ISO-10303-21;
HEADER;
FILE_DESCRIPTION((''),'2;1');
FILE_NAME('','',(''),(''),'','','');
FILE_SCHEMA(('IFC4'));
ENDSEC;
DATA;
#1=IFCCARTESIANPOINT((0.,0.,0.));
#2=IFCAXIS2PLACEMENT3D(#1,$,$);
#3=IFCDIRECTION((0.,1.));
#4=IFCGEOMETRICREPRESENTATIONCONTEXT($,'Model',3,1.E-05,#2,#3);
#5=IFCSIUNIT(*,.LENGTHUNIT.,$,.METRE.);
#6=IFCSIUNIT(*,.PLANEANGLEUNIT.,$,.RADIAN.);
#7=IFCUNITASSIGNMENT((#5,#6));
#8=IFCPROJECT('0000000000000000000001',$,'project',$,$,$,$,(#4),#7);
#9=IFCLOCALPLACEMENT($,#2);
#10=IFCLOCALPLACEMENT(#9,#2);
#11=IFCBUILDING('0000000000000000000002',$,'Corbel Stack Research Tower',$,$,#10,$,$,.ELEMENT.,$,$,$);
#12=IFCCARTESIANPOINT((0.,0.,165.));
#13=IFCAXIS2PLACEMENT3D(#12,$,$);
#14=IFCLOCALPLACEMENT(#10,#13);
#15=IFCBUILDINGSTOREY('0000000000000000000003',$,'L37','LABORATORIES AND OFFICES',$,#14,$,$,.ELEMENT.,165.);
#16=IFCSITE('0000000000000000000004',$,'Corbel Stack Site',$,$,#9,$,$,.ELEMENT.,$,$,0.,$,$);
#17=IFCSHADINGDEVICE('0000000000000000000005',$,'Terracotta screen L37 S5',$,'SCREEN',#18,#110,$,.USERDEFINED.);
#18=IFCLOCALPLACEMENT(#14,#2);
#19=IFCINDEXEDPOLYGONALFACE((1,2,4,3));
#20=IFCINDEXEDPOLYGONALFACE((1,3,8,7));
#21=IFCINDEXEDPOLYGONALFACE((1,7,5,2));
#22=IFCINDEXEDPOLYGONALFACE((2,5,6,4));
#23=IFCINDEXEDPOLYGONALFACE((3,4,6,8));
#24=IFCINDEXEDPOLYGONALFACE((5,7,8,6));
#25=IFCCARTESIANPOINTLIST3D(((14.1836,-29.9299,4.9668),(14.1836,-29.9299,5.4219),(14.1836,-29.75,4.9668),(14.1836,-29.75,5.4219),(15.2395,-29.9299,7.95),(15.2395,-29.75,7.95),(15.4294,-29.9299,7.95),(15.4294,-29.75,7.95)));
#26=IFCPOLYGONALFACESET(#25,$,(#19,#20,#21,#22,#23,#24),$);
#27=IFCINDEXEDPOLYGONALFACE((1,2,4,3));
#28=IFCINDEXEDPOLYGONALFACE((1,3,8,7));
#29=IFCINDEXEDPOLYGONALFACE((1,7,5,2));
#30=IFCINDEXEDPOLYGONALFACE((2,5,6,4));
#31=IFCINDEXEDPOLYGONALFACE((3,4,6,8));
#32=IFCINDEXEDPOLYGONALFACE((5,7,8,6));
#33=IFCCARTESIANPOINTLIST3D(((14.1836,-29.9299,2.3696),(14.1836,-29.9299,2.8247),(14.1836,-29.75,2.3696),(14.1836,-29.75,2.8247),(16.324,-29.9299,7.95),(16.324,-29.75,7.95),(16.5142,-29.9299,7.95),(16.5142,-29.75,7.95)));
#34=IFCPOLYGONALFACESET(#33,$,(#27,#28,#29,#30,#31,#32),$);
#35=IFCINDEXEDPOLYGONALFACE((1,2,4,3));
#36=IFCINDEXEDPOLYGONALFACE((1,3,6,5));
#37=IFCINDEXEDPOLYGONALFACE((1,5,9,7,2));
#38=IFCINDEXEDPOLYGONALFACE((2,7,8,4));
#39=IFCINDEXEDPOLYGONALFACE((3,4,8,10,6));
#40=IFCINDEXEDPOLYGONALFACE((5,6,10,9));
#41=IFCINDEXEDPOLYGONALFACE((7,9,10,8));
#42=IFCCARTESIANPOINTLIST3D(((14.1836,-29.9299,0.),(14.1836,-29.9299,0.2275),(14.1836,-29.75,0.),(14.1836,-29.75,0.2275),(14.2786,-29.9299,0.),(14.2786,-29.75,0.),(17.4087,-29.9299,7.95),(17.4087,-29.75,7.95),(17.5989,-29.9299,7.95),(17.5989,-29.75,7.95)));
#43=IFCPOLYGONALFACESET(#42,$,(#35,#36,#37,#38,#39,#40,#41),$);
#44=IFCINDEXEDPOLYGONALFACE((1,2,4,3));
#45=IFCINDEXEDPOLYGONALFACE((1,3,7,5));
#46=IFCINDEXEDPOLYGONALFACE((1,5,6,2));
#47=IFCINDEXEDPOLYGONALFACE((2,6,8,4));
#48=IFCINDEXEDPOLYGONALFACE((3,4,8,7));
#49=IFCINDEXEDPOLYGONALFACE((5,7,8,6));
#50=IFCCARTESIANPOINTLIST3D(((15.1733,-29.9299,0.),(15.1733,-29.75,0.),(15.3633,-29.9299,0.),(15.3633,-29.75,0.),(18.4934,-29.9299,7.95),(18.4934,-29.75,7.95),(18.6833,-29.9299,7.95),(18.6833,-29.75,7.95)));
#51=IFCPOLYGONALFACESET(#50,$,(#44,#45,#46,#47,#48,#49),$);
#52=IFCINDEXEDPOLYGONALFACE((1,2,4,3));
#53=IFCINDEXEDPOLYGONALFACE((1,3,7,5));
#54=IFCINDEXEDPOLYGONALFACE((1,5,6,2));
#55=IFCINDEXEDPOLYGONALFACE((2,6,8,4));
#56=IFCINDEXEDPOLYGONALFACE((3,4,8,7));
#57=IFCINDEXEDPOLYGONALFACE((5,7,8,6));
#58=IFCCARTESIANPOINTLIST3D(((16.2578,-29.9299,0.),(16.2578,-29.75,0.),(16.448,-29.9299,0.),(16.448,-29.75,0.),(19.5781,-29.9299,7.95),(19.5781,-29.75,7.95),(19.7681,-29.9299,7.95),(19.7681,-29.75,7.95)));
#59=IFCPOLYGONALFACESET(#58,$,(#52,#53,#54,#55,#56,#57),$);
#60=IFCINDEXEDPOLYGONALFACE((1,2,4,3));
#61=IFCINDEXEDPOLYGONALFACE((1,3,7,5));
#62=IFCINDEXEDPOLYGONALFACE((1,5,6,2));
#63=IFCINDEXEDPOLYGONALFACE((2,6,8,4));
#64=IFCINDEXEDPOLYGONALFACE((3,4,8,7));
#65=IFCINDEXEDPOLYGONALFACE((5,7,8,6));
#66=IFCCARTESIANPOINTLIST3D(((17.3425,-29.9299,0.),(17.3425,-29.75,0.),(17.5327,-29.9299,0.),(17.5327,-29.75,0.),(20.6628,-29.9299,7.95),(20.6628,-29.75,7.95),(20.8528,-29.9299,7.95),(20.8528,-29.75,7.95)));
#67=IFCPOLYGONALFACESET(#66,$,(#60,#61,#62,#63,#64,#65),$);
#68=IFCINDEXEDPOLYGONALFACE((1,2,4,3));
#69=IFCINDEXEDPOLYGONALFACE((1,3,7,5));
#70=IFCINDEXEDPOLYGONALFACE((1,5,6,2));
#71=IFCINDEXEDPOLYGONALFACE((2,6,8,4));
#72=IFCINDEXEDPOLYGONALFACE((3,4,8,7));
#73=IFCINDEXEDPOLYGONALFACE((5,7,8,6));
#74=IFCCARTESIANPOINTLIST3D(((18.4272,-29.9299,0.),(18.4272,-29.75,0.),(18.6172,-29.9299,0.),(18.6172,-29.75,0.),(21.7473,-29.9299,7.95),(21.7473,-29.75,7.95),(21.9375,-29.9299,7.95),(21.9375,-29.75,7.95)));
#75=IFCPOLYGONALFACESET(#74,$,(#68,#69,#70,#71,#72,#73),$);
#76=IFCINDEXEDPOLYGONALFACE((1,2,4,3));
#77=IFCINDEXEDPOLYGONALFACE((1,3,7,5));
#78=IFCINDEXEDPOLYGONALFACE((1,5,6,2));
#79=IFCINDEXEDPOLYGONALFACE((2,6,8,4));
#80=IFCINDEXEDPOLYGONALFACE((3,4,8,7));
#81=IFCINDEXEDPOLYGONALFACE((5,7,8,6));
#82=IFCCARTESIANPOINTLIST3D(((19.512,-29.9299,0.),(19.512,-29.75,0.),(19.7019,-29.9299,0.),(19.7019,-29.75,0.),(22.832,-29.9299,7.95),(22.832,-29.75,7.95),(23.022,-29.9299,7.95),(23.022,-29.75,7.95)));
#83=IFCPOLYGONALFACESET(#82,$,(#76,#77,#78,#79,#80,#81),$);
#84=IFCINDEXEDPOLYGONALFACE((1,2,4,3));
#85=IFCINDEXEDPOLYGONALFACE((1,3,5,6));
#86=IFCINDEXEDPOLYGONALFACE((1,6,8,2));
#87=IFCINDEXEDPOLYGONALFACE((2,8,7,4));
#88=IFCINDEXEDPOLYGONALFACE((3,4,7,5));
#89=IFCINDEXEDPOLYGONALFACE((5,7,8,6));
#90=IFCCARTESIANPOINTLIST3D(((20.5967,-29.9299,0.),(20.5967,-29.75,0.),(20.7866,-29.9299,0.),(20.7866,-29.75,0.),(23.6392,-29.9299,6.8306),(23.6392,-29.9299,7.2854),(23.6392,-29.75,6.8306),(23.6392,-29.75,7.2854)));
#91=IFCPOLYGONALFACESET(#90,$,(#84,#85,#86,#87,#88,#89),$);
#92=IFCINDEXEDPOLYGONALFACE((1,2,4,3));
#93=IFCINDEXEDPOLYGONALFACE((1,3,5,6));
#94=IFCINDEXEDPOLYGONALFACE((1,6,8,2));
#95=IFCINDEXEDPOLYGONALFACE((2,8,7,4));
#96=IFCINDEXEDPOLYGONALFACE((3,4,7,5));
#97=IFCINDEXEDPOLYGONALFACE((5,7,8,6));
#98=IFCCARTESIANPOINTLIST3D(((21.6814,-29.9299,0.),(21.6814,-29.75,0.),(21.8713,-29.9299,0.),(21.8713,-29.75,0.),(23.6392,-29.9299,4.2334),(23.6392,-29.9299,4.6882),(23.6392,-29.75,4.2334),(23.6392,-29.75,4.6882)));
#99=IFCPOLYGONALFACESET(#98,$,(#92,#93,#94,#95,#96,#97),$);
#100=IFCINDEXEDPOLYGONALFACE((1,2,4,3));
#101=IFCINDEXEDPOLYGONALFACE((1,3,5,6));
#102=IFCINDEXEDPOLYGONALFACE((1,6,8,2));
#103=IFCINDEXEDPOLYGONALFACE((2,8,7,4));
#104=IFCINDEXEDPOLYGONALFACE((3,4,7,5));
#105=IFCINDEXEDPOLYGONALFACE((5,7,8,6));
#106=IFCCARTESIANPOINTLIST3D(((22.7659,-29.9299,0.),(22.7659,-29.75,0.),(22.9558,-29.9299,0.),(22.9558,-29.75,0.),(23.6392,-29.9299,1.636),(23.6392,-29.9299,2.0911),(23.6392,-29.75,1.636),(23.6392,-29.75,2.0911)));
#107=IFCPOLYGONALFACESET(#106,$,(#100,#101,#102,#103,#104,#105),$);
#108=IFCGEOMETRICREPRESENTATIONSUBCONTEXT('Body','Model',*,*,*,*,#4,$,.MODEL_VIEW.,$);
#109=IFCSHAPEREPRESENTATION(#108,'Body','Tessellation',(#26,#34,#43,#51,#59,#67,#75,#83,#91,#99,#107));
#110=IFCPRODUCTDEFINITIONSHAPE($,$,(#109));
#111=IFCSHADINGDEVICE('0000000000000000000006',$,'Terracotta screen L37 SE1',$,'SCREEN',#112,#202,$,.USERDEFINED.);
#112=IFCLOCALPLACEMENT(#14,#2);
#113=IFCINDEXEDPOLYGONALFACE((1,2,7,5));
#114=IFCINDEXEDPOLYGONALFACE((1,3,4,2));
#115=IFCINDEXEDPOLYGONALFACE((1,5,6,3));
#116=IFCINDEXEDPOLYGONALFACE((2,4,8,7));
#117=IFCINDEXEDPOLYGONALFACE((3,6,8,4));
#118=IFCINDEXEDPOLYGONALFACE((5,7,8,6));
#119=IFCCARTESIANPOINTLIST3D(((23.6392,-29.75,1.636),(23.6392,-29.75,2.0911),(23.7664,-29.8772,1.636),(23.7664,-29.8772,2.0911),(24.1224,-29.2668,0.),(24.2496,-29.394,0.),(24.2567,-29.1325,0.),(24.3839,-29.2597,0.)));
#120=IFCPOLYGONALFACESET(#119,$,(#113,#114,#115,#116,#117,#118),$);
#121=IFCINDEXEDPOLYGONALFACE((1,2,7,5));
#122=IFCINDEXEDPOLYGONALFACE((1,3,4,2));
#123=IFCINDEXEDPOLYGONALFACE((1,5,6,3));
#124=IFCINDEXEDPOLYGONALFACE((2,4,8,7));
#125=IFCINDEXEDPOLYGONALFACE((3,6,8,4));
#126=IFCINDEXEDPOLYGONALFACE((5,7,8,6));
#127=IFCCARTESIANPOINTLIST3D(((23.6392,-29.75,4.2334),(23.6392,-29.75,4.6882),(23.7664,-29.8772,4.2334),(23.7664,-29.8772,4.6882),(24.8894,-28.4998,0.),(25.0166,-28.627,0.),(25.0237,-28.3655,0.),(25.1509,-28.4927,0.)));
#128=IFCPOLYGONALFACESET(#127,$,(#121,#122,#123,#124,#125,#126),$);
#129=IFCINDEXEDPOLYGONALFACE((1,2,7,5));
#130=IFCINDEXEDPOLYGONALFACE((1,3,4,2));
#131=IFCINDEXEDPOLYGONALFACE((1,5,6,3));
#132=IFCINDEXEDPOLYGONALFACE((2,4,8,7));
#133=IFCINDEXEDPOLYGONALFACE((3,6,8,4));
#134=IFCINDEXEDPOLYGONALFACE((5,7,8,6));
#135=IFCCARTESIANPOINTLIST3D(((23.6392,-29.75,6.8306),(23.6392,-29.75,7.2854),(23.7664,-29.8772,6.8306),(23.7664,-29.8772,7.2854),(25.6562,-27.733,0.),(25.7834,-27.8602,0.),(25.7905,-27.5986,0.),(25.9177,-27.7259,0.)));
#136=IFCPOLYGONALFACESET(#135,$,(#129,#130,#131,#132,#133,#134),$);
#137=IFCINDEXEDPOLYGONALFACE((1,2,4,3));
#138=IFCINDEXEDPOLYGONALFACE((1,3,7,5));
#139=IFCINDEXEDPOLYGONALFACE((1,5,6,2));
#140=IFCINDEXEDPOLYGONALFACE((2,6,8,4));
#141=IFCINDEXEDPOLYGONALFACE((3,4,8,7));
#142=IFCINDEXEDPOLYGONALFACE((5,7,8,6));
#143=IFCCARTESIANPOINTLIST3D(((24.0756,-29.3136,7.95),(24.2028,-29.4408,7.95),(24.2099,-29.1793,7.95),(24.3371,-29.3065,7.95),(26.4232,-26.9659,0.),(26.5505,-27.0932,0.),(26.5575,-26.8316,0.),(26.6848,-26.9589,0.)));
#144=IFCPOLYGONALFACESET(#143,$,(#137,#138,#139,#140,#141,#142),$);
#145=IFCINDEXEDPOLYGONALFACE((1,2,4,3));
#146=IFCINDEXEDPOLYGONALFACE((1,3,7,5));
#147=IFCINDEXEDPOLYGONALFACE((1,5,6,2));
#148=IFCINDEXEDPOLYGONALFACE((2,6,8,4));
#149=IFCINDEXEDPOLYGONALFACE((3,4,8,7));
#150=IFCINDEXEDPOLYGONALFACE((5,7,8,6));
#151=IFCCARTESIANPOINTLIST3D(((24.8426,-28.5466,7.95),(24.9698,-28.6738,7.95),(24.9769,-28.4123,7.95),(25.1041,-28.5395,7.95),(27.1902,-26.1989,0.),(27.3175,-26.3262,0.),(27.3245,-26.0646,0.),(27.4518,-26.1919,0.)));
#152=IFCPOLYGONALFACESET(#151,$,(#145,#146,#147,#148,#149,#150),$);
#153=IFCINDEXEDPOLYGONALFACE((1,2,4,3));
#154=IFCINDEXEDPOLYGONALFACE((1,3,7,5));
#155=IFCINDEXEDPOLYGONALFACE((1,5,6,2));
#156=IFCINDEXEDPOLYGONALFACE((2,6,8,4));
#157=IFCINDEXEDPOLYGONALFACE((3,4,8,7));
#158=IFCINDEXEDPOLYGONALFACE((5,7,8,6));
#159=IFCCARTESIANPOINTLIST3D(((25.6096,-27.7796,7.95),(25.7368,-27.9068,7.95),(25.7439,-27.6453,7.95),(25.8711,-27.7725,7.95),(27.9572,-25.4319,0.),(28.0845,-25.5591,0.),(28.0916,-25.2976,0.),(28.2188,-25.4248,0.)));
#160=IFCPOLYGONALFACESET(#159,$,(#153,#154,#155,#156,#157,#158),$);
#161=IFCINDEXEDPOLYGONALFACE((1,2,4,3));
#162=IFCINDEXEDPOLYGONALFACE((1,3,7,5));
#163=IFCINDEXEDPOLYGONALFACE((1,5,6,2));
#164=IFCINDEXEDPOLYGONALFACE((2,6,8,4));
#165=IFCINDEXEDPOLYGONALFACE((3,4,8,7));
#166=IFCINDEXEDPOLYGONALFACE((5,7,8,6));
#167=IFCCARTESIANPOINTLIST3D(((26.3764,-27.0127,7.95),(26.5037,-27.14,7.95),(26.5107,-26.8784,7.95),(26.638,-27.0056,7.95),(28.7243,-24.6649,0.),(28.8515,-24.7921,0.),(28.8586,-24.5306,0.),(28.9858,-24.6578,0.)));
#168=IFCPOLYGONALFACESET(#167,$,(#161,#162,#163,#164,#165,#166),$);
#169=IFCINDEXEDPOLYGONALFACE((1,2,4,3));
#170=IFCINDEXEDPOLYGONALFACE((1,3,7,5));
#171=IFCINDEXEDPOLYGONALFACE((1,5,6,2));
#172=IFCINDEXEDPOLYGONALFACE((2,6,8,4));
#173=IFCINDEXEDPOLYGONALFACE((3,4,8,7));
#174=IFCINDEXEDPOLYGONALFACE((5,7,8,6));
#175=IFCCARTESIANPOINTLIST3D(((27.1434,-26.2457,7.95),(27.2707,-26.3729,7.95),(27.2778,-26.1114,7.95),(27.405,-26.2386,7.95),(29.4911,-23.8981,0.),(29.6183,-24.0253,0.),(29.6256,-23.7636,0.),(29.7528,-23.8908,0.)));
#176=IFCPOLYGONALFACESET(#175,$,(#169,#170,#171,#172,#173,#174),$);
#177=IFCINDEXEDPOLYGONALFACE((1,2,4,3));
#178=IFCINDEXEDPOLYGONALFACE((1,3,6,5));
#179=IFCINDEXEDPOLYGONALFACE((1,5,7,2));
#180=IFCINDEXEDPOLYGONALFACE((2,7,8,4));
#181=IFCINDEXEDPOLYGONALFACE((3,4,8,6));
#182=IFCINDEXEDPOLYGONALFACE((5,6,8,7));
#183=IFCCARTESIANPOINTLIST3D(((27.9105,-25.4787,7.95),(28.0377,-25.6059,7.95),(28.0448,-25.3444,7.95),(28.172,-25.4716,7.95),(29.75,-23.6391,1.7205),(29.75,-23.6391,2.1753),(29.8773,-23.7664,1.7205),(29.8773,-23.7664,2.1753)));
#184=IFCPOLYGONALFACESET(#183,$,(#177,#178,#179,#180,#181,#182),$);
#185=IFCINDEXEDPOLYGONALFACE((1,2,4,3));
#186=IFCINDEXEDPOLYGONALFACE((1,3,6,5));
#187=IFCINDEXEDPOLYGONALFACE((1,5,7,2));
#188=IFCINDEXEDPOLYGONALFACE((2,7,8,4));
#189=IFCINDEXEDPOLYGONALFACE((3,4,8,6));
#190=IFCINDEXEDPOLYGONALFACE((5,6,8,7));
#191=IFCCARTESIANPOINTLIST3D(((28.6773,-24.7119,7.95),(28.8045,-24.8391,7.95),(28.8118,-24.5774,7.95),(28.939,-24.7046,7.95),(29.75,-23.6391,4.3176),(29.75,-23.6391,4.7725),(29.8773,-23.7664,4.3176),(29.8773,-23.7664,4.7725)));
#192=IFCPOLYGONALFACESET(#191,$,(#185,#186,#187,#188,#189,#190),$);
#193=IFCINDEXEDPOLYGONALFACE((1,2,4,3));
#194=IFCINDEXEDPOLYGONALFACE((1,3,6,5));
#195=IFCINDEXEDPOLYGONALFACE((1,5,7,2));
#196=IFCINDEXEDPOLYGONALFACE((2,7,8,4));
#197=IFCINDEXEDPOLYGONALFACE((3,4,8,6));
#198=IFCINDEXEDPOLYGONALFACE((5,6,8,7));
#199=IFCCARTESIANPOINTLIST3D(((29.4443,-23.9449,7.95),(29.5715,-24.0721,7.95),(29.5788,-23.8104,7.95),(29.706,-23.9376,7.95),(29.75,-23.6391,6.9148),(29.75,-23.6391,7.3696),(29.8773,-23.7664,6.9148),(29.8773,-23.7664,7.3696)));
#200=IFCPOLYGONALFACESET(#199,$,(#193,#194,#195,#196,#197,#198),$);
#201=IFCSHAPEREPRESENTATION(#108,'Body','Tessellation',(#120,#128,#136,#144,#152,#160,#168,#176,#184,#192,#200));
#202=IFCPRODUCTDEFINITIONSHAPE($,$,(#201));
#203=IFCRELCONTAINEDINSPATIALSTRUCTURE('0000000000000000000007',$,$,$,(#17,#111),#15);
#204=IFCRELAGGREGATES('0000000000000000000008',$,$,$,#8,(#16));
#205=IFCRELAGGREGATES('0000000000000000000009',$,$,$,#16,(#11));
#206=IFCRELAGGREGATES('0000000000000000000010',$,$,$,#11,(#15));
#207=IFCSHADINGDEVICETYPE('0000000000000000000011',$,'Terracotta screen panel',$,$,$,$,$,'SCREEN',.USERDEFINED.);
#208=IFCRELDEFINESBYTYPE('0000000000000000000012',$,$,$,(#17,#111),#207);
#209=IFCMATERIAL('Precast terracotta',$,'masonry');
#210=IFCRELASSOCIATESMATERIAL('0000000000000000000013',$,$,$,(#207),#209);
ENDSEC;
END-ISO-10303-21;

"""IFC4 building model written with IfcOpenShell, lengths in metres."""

from ifc_helpers import new_model, si_unit, direction, frame, origin, place, context, subcontext, project, spatial, polyline, outline, extrude, source, transform, mapped, material, type_object, element, save


model = new_model("IFC4")

# Units and contexts
model_context = context("Model", 3, precision=1e-05, world=origin(), true_north=direction((0.0, 1.0)))
body_context = subcontext(model_context, "Body", "Model", "MODEL_VIEW")
ifc_project = project(units=[si_unit("LENGTHUNIT", "METRE"), si_unit("PLANEANGLEUNIT", "RADIAN")], contexts=[model_context])

# Site, building, storey
site_placement = place(None, origin())
site = spatial("IfcSite", under=ifc_project, at=site_placement, Name="Corbel Stack Site", CompositionType="ELEMENT", RefElevation=0.0)
building_placement = place(site_placement, origin())
building = spatial("IfcBuilding", under=site, at=building_placement, Name="Corbel Stack Research Tower", CompositionType="ELEMENT")
storey_placement = place(building_placement, frame((0.0, 0.0, 165.0)))
storey = spatial("IfcBuildingStorey", under=building, at=storey_placement, Name="L37", Description="LABORATORIES AND OFFICES", CompositionType="ELEMENT", Elevation=165.0)

# Shading devices
ifc_material_1 = material(Name="Precast terracotta", Category="masonry")
shading_device_type = type_object("IfcShadingDeviceType", Name="Terracotta screen panel", ElementType="SCREEN", PredefinedType="USERDEFINED", material=ifc_material_1)
shared_shape_1 = source(origin(), body_context, "Body", "SweptSolid", [
    extrude(outline(polyline([(1.2458, 7.95), (1.0559, 7.95), (0.0, 5.4219), (0.0, 4.9668), (1.2458, 7.95)])), frame((0.0, 0.0, 0.0), z_axis=(0.0, -1.0, 0.0), x_axis=(1.0, 0.0, 0.0)), (0.0, 0.0, 1.0), 0.1799),
    extrude(outline(polyline([(2.3306, 7.95), (2.1404, 7.95), (0.0, 2.8247), (0.0, 2.3696), (2.3306, 7.95)])), frame((0.0, 0.0, 0.0), z_axis=(0.0, -1.0, 0.0), x_axis=(1.0, 0.0, 0.0)), (0.0, 0.0, 1.0), 0.1799),
    extrude(outline(polyline([(0.095, 0.0), (3.4153, 7.95), (3.2251, 7.95), (0.0, 0.2275), (0.0, 0.0), (0.095, 0.0)])), frame((0.0, 0.0, 0.0), z_axis=(0.0, -1.0, 0.0), x_axis=(1.0, 0.0, 0.0)), (0.0, 0.0, 1.0), 0.1799),
    extrude(outline(polyline([(1.1797, 0.0), (4.4998, 7.95), (4.3098, 7.95), (0.9897, 0.0), (1.1797, 0.0)])), frame((0.0, 0.0, 0.0), z_axis=(0.0, -1.0, 0.0), x_axis=(1.0, 0.0, 0.0)), (0.0, 0.0, 1.0), 0.1799),
    extrude(outline(polyline([(2.2644, 0.0), (5.5845, 7.95), (5.3945, 7.95), (2.0742, 0.0), (2.2644, 0.0)])), frame((0.0, 0.0, 0.0), z_axis=(0.0, -1.0, 0.0), x_axis=(1.0, 0.0, 0.0)), (0.0, 0.0, 1.0), 0.1799),
    extrude(outline(polyline([(3.3491, 0.0), (6.6692, 7.95), (6.4792, 7.95), (3.1589, 0.0), (3.3491, 0.0)])), frame((0.0, 0.0, 0.0), z_axis=(0.0, -1.0, 0.0), x_axis=(1.0, 0.0, 0.0)), (0.0, 0.0, 1.0), 0.1799),
    extrude(outline(polyline([(4.4336, 0.0), (7.7539, 7.95), (7.5637, 7.95), (4.2437, 0.0), (4.4336, 0.0)])), frame((0.0, 0.0, 0.0), z_axis=(0.0, -1.0, 0.0), x_axis=(1.0, 0.0, 0.0)), (0.0, 0.0, 1.0), 0.1799),
    extrude(outline(polyline([(5.5183, 0.0), (8.8384, 7.95), (8.6484, 7.95), (5.3284, 0.0), (5.5183, 0.0)])), frame((0.0, 0.0, 0.0), z_axis=(0.0, -1.0, 0.0), x_axis=(1.0, 0.0, 0.0)), (0.0, 0.0, 1.0), 0.1799),
    extrude(outline(polyline([(6.603, 0.0), (9.4556, 6.8306), (9.4556, 7.2854), (6.4131, 0.0), (6.603, 0.0)])), frame((0.0, 0.0, 0.0), z_axis=(0.0, -1.0, 0.0), x_axis=(1.0, 0.0, 0.0)), (0.0, 0.0, 1.0), 0.1799),
    extrude(outline(polyline([(7.6877, 0.0), (9.4556, 4.2334), (9.4556, 4.6882), (7.4978, 0.0), (7.6877, 0.0)])), frame((0.0, 0.0, 0.0), z_axis=(0.0, -1.0, 0.0), x_axis=(1.0, 0.0, 0.0)), (0.0, 0.0, 1.0), 0.1799),
    extrude(outline(polyline([(8.7722, 0.0), (9.4556, 1.636), (9.4556, 2.0911), (8.5823, 0.0), (8.7722, 0.0)])), frame((0.0, 0.0, 0.0), z_axis=(0.0, -1.0, 0.0), x_axis=(1.0, 0.0, 0.0)), (0.0, 0.0, 1.0), 0.1799),
])
shading_device_1_placement = place(storey_placement, frame((14.1836, -29.75, 0.0), z_axis=(0.0, 0.0, 1.0), x_axis=(1.0, 0.0, 0.0)))
element("IfcShadingDevice", 1, at=shading_device_1_placement, inside=storey, type_object=shading_device_type, Name="Terracotta screen L37 S5", ObjectType="SCREEN", PredefinedType="USERDEFINED", context=body_context, shape_type="MappedRepresentation", body=[
    mapped(shared_shape_1, transform((0.0, 0.0, 0.0))),
])
shared_shape_2 = source(origin(), body_context, "Body", "SweptSolid", [
    extrude(outline(polyline([(0.8733, 0.0), (0.0, 2.0911), (0.0, 1.636), (0.6833, 0.0), (0.8733, 0.0)])), frame((0.0, 0.0, 0.0), z_axis=(0.0, -1.0, 0.0), x_axis=(1.0, 0.0, 0.0)), (0.0, 0.0, 1.0), 0.1799),
    extrude(outline(polyline([(1.958, 0.0), (0.0, 4.6882), (0.0, 4.2334), (1.7681, 0.0), (1.958, 0.0)])), frame((0.0, 0.0, 0.0), z_axis=(0.0, -1.0, 0.0), x_axis=(1.0, 0.0, 0.0)), (0.0, 0.0, 1.0), 0.1799),
    extrude(outline(polyline([(3.0425, 0.0), (0.0, 7.2854), (0.0, 6.8306), (2.8525, 0.0), (3.0425, 0.0)])), frame((0.0, 0.0, 0.0), z_axis=(0.0, -1.0, 0.0), x_axis=(1.0, 0.0, 0.0)), (0.0, 0.0, 1.0), 0.1799),
    extrude(outline(polyline([(4.1272, 0.0), (0.8071, 7.95), (0.6172, 7.95), (3.9373, 0.0), (4.1272, 0.0)])), frame((0.0, 0.0, 0.0), z_axis=(0.0, -1.0, 0.0), x_axis=(1.0, 0.0, 0.0)), (0.0, 0.0, 1.0), 0.1799),
    extrude(outline(polyline([(5.2119, 0.0), (1.8918, 7.95), (1.7019, 7.95), (5.022, 0.0), (5.2119, 0.0)])), frame((0.0, 0.0, 0.0), z_axis=(0.0, -1.0, 0.0), x_axis=(1.0, 0.0, 0.0)), (0.0, 0.0, 1.0), 0.1799),
    extrude(outline(polyline([(6.2966, 0.0), (2.9766, 7.95), (2.7866, 7.95), (6.1067, 0.0), (6.2966, 0.0)])), frame((0.0, 0.0, 0.0), z_axis=(0.0, -1.0, 0.0), x_axis=(1.0, 0.0, 0.0)), (0.0, 0.0, 1.0), 0.1799),
    extrude(outline(polyline([(7.3813, 0.0), (4.061, 7.95), (3.8711, 7.95), (7.1914, 0.0), (7.3813, 0.0)])), frame((0.0, 0.0, 0.0), z_axis=(0.0, -1.0, 0.0), x_axis=(1.0, 0.0, 0.0)), (0.0, 0.0, 1.0), 0.1799),
    extrude(outline(polyline([(8.4661, 0.0), (5.1458, 7.95), (4.9558, 7.95), (8.2759, 0.0), (8.4661, 0.0)])), frame((0.0, 0.0, 0.0), z_axis=(0.0, -1.0, 0.0), x_axis=(1.0, 0.0, 0.0)), (0.0, 0.0, 1.0), 0.1799),
    extrude(outline(polyline([(6.2305, 7.95), (6.0405, 7.95), (8.6421, 1.7205), (8.6421, 2.1753), (6.2305, 7.95)])), frame((0.0, 0.0, 0.0), z_axis=(0.0, -1.0, 0.0), x_axis=(1.0, 0.0, 0.0)), (0.0, 0.0, 1.0), 0.1799),
    extrude(outline(polyline([(7.3152, 7.95), (7.125, 7.95), (8.6421, 4.3176), (8.6421, 4.7725), (7.3152, 7.95)])), frame((0.0, 0.0, 0.0), z_axis=(0.0, -1.0, 0.0), x_axis=(1.0, 0.0, 0.0)), (0.0, 0.0, 1.0), 0.1799),
    extrude(outline(polyline([(8.3999, 7.95), (8.2097, 7.95), (8.6421, 6.9148), (8.6421, 7.3696), (8.3999, 7.95)])), frame((0.0, 0.0, 0.0), z_axis=(0.0, -1.0, 0.0), x_axis=(1.0, 0.0, 0.0)), (0.0, 0.0, 1.0), 0.1799),
])
shading_device_2_placement = place(storey_placement, frame((23.6392, -29.75, 0.0), z_axis=(0.0, 0.0, 1.0), x_axis=(0.707107, 0.707107, 0.0)))
element("IfcShadingDevice", 2, at=shading_device_2_placement, inside=storey, type_object=shading_device_type, Name="Terracotta screen L37 SE1", ObjectType="SCREEN", PredefinedType="USERDEFINED", context=body_context, shape_type="MappedRepresentation", body=[
    mapped(shared_shape_2, transform((0.0, 0.0, 0.0))),
])

save(model, "model.ifc")
